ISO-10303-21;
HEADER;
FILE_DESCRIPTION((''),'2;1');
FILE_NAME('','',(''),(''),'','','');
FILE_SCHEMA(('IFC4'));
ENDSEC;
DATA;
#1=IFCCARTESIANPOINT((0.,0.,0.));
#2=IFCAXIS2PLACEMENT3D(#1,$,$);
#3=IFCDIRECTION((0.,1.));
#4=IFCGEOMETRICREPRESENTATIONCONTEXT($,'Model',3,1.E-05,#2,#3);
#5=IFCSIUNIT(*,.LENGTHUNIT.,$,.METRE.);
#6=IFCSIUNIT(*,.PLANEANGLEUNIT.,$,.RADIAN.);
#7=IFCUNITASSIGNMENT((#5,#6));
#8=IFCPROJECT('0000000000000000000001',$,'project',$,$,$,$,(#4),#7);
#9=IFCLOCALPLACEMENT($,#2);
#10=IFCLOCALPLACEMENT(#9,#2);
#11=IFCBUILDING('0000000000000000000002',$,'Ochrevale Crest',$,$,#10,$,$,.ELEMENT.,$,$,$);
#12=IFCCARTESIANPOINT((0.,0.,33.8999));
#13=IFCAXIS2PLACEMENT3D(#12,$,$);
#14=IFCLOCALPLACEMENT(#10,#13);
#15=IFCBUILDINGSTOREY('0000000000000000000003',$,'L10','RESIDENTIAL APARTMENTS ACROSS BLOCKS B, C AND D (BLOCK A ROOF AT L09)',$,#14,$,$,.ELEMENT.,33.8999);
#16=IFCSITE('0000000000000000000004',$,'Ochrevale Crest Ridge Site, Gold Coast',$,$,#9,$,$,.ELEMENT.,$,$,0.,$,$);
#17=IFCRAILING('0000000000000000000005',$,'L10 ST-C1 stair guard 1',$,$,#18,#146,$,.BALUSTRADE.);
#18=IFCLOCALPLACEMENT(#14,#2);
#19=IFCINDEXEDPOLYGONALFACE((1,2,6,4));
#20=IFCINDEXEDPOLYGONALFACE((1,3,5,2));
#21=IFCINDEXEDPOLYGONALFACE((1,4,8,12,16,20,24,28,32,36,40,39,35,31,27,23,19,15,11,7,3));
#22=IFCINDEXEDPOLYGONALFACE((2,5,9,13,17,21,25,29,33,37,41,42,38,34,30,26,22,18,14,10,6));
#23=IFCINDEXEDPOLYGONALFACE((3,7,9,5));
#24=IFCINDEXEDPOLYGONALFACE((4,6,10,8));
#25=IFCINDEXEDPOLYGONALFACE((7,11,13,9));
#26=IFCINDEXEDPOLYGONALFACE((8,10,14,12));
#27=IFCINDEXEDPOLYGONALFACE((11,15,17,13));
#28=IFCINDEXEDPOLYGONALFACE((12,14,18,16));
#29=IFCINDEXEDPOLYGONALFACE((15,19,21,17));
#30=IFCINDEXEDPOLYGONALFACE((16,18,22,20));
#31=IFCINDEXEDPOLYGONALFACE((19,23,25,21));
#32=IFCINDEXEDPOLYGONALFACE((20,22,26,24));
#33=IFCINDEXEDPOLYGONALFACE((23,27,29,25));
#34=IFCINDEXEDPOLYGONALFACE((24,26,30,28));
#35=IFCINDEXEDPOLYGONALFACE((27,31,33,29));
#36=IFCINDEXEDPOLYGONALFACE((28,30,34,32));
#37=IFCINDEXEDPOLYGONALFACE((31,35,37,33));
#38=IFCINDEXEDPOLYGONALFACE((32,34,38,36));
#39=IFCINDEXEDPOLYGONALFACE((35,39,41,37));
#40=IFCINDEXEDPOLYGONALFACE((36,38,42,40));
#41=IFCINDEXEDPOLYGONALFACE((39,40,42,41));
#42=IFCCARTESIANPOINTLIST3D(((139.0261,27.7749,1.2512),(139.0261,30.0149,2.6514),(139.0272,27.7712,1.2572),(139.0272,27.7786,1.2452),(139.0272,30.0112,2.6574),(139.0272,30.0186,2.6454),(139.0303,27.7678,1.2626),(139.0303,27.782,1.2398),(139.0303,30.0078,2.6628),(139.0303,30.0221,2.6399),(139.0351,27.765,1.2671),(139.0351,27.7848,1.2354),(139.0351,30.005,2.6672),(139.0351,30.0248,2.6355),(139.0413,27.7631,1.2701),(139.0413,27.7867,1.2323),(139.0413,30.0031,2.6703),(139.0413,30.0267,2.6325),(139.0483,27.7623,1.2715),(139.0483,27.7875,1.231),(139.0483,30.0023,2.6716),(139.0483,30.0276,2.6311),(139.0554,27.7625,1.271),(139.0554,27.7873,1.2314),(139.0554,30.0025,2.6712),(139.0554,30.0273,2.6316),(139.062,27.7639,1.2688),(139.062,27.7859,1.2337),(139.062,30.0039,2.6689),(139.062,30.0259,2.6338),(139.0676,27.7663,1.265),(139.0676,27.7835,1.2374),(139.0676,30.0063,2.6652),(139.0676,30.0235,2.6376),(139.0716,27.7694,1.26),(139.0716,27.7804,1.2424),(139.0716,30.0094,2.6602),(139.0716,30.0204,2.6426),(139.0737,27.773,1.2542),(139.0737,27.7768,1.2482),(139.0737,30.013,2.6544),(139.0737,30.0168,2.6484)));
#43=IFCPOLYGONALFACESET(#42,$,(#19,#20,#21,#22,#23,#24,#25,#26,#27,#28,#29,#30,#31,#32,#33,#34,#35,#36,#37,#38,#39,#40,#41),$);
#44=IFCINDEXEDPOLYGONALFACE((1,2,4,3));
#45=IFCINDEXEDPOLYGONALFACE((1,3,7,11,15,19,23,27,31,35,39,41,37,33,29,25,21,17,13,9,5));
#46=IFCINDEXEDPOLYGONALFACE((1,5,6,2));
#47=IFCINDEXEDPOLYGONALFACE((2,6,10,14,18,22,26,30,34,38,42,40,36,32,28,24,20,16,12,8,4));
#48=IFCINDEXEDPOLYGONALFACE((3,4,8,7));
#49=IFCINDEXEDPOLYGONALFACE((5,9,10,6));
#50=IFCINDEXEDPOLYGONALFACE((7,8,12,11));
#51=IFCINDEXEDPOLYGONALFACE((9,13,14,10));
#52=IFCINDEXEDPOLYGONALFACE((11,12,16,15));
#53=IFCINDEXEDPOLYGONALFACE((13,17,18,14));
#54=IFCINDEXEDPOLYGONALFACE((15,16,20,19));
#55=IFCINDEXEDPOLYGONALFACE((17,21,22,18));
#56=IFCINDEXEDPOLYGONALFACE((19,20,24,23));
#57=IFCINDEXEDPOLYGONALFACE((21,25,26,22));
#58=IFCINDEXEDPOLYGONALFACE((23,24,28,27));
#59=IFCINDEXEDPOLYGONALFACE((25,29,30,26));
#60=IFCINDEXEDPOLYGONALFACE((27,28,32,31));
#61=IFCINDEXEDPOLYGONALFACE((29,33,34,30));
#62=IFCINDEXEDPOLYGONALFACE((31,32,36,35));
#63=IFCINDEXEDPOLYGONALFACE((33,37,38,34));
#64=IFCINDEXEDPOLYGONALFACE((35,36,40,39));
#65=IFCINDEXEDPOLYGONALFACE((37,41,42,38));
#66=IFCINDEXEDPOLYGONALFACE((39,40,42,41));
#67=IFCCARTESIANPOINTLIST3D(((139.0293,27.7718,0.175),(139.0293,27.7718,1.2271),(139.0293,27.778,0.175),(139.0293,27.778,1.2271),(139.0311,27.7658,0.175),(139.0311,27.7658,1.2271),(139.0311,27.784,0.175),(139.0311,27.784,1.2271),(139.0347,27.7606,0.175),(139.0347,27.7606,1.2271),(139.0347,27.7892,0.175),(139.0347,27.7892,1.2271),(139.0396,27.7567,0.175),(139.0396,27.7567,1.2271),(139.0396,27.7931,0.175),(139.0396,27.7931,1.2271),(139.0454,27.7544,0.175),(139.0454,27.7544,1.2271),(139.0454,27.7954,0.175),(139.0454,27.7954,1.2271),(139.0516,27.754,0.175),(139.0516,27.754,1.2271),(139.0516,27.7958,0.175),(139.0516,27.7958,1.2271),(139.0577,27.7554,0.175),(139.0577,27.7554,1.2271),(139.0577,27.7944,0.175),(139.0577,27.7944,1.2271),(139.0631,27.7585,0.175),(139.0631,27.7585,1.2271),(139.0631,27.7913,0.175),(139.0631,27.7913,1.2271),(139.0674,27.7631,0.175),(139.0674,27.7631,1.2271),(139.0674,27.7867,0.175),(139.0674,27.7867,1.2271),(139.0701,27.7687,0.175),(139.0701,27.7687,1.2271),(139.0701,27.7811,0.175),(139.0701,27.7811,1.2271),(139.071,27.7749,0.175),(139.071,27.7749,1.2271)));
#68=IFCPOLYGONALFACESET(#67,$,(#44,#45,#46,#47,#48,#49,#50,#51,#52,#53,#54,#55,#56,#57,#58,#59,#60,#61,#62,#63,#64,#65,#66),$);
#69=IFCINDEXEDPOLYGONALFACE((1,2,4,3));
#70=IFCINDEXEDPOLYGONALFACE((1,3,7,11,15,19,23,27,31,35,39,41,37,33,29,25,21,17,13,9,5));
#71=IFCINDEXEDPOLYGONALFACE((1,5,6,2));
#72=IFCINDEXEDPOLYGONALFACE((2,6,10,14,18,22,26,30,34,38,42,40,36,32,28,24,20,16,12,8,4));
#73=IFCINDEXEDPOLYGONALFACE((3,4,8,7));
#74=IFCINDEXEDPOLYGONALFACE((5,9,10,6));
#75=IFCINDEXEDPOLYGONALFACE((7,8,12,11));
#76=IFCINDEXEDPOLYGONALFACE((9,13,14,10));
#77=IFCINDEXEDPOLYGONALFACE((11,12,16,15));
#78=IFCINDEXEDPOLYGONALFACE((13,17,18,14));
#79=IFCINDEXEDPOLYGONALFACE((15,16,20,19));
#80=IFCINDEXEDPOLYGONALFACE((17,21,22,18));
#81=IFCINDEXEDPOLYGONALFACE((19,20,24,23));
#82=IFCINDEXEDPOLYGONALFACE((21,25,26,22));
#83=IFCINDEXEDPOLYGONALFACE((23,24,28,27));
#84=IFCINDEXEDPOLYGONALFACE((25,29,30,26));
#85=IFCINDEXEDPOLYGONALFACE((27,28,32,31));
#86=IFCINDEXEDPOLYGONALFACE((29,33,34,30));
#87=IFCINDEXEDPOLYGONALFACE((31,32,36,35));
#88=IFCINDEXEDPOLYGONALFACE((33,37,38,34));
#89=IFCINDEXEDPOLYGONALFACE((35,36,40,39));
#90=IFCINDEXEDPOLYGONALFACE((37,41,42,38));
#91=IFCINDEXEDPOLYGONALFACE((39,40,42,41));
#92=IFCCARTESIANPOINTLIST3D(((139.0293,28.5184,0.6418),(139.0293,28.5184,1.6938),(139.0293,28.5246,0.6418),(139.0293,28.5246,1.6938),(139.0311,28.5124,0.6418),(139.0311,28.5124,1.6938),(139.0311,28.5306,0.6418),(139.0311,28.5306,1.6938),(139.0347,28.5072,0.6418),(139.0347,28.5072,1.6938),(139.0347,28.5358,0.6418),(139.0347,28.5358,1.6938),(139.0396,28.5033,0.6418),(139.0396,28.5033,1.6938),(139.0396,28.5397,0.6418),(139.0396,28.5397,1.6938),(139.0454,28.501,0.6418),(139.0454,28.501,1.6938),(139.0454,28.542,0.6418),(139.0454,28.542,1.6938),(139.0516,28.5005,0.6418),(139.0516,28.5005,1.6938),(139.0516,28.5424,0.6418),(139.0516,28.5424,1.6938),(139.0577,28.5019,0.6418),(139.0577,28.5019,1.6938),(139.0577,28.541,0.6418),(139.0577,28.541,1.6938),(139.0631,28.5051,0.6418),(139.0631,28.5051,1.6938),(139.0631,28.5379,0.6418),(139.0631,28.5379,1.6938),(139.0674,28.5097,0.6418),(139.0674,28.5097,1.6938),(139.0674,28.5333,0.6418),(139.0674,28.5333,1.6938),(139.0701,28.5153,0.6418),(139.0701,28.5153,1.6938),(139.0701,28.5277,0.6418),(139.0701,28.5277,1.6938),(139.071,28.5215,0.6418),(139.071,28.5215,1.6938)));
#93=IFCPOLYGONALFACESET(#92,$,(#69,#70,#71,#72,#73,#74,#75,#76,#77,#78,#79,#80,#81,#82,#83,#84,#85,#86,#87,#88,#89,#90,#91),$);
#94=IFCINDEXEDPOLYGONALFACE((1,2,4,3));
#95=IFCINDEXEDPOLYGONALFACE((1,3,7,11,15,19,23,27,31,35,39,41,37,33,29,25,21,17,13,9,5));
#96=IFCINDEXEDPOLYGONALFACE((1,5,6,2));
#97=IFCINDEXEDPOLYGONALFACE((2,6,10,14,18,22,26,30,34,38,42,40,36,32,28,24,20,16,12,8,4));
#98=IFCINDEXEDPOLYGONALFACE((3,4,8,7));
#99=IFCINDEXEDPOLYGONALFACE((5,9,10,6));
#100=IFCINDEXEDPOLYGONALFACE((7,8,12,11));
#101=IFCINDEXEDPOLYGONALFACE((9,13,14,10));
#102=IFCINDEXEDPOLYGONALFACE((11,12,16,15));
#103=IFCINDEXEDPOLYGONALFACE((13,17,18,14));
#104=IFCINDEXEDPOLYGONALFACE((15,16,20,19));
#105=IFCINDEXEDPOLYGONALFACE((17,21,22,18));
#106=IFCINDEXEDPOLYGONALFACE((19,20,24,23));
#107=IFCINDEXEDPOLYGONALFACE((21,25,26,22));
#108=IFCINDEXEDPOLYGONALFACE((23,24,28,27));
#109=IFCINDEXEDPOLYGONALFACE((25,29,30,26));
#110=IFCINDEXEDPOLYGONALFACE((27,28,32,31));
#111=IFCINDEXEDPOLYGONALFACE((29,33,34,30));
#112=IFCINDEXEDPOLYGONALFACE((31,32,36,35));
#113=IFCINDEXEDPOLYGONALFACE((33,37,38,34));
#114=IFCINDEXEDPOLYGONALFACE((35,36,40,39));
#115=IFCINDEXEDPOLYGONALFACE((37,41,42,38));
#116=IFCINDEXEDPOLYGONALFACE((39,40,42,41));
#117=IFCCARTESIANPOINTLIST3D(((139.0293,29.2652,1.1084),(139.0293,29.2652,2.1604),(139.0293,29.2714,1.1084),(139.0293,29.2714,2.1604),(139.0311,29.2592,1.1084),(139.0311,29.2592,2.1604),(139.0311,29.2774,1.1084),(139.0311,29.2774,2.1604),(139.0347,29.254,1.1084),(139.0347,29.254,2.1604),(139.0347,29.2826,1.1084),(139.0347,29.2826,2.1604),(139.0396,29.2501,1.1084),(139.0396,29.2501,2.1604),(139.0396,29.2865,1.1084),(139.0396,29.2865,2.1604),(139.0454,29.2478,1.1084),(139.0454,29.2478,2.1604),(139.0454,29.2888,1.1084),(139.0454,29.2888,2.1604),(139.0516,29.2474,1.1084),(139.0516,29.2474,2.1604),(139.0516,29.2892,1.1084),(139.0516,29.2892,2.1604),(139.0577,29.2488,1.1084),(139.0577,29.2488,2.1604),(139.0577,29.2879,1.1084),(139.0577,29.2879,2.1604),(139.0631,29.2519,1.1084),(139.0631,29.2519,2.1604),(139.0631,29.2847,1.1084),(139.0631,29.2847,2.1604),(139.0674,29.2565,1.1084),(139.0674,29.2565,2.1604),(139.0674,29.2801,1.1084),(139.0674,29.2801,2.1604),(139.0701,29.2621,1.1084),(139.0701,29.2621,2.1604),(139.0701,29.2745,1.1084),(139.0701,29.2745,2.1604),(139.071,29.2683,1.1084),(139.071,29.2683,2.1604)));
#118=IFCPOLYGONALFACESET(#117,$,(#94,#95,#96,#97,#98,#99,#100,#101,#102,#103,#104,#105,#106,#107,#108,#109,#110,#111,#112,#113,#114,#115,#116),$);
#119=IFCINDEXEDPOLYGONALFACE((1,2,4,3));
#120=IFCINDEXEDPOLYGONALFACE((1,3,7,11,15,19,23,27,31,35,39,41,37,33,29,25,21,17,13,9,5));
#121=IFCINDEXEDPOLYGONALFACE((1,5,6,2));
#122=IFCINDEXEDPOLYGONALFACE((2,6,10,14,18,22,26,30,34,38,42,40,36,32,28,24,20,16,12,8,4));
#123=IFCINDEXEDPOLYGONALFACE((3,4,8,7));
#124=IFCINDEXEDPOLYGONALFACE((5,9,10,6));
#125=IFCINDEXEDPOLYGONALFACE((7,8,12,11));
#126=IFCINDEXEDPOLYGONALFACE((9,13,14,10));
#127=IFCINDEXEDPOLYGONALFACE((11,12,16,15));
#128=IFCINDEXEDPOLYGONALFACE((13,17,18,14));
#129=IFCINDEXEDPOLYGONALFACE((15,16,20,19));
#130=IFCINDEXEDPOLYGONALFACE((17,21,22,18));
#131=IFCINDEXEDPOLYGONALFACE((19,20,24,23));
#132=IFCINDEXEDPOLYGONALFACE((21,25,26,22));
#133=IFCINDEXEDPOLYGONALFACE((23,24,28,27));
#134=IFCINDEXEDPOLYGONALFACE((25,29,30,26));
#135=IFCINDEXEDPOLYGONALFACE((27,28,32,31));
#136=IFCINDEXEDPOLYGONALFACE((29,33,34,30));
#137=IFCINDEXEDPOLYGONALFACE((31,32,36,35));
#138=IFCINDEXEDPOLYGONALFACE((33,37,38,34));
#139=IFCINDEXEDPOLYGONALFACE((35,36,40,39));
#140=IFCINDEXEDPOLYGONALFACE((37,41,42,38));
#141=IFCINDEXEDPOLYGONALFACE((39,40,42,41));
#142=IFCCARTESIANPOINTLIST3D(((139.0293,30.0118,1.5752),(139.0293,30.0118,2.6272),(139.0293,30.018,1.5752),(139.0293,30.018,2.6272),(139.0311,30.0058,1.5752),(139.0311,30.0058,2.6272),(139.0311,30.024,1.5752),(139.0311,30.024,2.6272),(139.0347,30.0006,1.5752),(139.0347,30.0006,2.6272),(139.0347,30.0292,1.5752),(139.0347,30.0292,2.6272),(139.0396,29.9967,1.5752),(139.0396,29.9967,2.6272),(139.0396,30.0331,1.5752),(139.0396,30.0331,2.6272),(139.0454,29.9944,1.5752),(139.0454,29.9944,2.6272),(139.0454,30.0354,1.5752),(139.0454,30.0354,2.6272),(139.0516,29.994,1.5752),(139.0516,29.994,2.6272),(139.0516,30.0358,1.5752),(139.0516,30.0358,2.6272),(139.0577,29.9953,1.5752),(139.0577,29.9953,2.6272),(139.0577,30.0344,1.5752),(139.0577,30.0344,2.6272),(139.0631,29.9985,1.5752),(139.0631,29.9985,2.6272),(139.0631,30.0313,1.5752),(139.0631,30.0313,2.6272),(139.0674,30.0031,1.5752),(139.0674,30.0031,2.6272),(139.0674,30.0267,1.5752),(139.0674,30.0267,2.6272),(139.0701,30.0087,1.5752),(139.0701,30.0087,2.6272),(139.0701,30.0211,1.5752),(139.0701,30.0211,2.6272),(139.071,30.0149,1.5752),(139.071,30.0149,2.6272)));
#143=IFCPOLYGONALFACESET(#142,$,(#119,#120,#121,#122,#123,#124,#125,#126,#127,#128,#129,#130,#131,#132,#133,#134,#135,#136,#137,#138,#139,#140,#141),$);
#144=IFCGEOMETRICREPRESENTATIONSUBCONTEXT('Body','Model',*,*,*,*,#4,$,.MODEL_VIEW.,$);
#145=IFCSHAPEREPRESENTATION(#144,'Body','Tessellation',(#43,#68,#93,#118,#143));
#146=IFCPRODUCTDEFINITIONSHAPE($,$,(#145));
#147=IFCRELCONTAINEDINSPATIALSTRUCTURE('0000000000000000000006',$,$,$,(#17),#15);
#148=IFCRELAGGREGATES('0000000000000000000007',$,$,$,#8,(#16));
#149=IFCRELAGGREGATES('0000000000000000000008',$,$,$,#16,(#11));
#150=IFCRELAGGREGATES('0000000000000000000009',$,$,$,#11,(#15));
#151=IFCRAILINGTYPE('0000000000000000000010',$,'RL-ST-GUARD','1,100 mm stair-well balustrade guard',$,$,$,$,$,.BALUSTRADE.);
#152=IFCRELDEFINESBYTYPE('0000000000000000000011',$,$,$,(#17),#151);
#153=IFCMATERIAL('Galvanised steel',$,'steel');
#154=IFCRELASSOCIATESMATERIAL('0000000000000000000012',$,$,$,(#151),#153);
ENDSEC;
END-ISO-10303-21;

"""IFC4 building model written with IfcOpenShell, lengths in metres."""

from ifc_helpers import new_model, si_unit, direction, frame, origin, origin_2d, place, context, subcontext, project, spatial, circle, extrude, material, type_object, element, save


model = new_model("IFC4")

# Units and contexts
model_context = context("Model", 3, precision=1e-05, world=origin(), true_north=direction((0.0, 1.0)))
body_context = subcontext(model_context, "Body", "Model", "MODEL_VIEW")
ifc_project = project(units=[si_unit("LENGTHUNIT", "METRE"), si_unit("PLANEANGLEUNIT", "RADIAN")], contexts=[model_context])

# Site, building, storey
site_placement = place(None, origin())
site = spatial("IfcSite", under=ifc_project, at=site_placement, Name="Ochrevale Crest Ridge Site, Gold Coast", CompositionType="ELEMENT", RefElevation=0.0)
building_placement = place(site_placement, origin())
building = spatial("IfcBuilding", under=site, at=building_placement, Name="Ochrevale Crest", CompositionType="ELEMENT")
storey_placement = place(building_placement, frame((0.0, 0.0, 33.8999)))
storey = spatial("IfcBuildingStorey", under=building, at=storey_placement, Name="L10", Description="RESIDENTIAL APARTMENTS ACROSS BLOCKS B, C AND D (BLOCK A ROOF AT L09)", CompositionType="ELEMENT", Elevation=33.8999)

# Railing
ifc_material_1 = material(Name="Galvanised steel", Category="steel")
railing_type_1 = type_object("IfcRailingType", Name="RL-ST-GUARD", Description="1,100 mm stair-well balustrade guard", PredefinedType="BALUSTRADE", material=ifc_material_1)
railing_1_placement = place(storey_placement, frame((139.05, 27.7749, 0.175)))
element("IfcRailing", 1, at=railing_1_placement, inside=storey, type_object=railing_type_1, Name="L10 ST-C1 stair guard 1", PredefinedType="BALUSTRADE", context=body_context, shape_type="SweptSolid", body=[
    extrude(circle(Radius=0.0239, at=origin_2d()), frame((0.0, 0.0, 1.0762), z_axis=(0.0, 0.847972, 0.53004), x_axis=(-1.0, 0.0, 0.0)), (0.0, 0.0, 1.0), 2.6416),
    extrude(circle(Radius=0.021, at=origin_2d()), origin(), (0.0, 0.0, 1.0), 1.052),
    extrude(circle(Radius=0.021, at=origin_2d()), frame((0.0, 0.7466, 0.4668)), (0.0, 0.0, 1.0), 1.052),
    extrude(circle(Radius=0.021, at=origin_2d()), frame((0.0, 1.4934, 0.9333)), (0.0, 0.0, 1.0), 1.052),
    extrude(circle(Radius=0.021, at=origin_2d()), frame((0.0, 2.24, 1.4001)), (0.0, 0.0, 1.0), 1.052),
])

save(model, "model.ifc")
